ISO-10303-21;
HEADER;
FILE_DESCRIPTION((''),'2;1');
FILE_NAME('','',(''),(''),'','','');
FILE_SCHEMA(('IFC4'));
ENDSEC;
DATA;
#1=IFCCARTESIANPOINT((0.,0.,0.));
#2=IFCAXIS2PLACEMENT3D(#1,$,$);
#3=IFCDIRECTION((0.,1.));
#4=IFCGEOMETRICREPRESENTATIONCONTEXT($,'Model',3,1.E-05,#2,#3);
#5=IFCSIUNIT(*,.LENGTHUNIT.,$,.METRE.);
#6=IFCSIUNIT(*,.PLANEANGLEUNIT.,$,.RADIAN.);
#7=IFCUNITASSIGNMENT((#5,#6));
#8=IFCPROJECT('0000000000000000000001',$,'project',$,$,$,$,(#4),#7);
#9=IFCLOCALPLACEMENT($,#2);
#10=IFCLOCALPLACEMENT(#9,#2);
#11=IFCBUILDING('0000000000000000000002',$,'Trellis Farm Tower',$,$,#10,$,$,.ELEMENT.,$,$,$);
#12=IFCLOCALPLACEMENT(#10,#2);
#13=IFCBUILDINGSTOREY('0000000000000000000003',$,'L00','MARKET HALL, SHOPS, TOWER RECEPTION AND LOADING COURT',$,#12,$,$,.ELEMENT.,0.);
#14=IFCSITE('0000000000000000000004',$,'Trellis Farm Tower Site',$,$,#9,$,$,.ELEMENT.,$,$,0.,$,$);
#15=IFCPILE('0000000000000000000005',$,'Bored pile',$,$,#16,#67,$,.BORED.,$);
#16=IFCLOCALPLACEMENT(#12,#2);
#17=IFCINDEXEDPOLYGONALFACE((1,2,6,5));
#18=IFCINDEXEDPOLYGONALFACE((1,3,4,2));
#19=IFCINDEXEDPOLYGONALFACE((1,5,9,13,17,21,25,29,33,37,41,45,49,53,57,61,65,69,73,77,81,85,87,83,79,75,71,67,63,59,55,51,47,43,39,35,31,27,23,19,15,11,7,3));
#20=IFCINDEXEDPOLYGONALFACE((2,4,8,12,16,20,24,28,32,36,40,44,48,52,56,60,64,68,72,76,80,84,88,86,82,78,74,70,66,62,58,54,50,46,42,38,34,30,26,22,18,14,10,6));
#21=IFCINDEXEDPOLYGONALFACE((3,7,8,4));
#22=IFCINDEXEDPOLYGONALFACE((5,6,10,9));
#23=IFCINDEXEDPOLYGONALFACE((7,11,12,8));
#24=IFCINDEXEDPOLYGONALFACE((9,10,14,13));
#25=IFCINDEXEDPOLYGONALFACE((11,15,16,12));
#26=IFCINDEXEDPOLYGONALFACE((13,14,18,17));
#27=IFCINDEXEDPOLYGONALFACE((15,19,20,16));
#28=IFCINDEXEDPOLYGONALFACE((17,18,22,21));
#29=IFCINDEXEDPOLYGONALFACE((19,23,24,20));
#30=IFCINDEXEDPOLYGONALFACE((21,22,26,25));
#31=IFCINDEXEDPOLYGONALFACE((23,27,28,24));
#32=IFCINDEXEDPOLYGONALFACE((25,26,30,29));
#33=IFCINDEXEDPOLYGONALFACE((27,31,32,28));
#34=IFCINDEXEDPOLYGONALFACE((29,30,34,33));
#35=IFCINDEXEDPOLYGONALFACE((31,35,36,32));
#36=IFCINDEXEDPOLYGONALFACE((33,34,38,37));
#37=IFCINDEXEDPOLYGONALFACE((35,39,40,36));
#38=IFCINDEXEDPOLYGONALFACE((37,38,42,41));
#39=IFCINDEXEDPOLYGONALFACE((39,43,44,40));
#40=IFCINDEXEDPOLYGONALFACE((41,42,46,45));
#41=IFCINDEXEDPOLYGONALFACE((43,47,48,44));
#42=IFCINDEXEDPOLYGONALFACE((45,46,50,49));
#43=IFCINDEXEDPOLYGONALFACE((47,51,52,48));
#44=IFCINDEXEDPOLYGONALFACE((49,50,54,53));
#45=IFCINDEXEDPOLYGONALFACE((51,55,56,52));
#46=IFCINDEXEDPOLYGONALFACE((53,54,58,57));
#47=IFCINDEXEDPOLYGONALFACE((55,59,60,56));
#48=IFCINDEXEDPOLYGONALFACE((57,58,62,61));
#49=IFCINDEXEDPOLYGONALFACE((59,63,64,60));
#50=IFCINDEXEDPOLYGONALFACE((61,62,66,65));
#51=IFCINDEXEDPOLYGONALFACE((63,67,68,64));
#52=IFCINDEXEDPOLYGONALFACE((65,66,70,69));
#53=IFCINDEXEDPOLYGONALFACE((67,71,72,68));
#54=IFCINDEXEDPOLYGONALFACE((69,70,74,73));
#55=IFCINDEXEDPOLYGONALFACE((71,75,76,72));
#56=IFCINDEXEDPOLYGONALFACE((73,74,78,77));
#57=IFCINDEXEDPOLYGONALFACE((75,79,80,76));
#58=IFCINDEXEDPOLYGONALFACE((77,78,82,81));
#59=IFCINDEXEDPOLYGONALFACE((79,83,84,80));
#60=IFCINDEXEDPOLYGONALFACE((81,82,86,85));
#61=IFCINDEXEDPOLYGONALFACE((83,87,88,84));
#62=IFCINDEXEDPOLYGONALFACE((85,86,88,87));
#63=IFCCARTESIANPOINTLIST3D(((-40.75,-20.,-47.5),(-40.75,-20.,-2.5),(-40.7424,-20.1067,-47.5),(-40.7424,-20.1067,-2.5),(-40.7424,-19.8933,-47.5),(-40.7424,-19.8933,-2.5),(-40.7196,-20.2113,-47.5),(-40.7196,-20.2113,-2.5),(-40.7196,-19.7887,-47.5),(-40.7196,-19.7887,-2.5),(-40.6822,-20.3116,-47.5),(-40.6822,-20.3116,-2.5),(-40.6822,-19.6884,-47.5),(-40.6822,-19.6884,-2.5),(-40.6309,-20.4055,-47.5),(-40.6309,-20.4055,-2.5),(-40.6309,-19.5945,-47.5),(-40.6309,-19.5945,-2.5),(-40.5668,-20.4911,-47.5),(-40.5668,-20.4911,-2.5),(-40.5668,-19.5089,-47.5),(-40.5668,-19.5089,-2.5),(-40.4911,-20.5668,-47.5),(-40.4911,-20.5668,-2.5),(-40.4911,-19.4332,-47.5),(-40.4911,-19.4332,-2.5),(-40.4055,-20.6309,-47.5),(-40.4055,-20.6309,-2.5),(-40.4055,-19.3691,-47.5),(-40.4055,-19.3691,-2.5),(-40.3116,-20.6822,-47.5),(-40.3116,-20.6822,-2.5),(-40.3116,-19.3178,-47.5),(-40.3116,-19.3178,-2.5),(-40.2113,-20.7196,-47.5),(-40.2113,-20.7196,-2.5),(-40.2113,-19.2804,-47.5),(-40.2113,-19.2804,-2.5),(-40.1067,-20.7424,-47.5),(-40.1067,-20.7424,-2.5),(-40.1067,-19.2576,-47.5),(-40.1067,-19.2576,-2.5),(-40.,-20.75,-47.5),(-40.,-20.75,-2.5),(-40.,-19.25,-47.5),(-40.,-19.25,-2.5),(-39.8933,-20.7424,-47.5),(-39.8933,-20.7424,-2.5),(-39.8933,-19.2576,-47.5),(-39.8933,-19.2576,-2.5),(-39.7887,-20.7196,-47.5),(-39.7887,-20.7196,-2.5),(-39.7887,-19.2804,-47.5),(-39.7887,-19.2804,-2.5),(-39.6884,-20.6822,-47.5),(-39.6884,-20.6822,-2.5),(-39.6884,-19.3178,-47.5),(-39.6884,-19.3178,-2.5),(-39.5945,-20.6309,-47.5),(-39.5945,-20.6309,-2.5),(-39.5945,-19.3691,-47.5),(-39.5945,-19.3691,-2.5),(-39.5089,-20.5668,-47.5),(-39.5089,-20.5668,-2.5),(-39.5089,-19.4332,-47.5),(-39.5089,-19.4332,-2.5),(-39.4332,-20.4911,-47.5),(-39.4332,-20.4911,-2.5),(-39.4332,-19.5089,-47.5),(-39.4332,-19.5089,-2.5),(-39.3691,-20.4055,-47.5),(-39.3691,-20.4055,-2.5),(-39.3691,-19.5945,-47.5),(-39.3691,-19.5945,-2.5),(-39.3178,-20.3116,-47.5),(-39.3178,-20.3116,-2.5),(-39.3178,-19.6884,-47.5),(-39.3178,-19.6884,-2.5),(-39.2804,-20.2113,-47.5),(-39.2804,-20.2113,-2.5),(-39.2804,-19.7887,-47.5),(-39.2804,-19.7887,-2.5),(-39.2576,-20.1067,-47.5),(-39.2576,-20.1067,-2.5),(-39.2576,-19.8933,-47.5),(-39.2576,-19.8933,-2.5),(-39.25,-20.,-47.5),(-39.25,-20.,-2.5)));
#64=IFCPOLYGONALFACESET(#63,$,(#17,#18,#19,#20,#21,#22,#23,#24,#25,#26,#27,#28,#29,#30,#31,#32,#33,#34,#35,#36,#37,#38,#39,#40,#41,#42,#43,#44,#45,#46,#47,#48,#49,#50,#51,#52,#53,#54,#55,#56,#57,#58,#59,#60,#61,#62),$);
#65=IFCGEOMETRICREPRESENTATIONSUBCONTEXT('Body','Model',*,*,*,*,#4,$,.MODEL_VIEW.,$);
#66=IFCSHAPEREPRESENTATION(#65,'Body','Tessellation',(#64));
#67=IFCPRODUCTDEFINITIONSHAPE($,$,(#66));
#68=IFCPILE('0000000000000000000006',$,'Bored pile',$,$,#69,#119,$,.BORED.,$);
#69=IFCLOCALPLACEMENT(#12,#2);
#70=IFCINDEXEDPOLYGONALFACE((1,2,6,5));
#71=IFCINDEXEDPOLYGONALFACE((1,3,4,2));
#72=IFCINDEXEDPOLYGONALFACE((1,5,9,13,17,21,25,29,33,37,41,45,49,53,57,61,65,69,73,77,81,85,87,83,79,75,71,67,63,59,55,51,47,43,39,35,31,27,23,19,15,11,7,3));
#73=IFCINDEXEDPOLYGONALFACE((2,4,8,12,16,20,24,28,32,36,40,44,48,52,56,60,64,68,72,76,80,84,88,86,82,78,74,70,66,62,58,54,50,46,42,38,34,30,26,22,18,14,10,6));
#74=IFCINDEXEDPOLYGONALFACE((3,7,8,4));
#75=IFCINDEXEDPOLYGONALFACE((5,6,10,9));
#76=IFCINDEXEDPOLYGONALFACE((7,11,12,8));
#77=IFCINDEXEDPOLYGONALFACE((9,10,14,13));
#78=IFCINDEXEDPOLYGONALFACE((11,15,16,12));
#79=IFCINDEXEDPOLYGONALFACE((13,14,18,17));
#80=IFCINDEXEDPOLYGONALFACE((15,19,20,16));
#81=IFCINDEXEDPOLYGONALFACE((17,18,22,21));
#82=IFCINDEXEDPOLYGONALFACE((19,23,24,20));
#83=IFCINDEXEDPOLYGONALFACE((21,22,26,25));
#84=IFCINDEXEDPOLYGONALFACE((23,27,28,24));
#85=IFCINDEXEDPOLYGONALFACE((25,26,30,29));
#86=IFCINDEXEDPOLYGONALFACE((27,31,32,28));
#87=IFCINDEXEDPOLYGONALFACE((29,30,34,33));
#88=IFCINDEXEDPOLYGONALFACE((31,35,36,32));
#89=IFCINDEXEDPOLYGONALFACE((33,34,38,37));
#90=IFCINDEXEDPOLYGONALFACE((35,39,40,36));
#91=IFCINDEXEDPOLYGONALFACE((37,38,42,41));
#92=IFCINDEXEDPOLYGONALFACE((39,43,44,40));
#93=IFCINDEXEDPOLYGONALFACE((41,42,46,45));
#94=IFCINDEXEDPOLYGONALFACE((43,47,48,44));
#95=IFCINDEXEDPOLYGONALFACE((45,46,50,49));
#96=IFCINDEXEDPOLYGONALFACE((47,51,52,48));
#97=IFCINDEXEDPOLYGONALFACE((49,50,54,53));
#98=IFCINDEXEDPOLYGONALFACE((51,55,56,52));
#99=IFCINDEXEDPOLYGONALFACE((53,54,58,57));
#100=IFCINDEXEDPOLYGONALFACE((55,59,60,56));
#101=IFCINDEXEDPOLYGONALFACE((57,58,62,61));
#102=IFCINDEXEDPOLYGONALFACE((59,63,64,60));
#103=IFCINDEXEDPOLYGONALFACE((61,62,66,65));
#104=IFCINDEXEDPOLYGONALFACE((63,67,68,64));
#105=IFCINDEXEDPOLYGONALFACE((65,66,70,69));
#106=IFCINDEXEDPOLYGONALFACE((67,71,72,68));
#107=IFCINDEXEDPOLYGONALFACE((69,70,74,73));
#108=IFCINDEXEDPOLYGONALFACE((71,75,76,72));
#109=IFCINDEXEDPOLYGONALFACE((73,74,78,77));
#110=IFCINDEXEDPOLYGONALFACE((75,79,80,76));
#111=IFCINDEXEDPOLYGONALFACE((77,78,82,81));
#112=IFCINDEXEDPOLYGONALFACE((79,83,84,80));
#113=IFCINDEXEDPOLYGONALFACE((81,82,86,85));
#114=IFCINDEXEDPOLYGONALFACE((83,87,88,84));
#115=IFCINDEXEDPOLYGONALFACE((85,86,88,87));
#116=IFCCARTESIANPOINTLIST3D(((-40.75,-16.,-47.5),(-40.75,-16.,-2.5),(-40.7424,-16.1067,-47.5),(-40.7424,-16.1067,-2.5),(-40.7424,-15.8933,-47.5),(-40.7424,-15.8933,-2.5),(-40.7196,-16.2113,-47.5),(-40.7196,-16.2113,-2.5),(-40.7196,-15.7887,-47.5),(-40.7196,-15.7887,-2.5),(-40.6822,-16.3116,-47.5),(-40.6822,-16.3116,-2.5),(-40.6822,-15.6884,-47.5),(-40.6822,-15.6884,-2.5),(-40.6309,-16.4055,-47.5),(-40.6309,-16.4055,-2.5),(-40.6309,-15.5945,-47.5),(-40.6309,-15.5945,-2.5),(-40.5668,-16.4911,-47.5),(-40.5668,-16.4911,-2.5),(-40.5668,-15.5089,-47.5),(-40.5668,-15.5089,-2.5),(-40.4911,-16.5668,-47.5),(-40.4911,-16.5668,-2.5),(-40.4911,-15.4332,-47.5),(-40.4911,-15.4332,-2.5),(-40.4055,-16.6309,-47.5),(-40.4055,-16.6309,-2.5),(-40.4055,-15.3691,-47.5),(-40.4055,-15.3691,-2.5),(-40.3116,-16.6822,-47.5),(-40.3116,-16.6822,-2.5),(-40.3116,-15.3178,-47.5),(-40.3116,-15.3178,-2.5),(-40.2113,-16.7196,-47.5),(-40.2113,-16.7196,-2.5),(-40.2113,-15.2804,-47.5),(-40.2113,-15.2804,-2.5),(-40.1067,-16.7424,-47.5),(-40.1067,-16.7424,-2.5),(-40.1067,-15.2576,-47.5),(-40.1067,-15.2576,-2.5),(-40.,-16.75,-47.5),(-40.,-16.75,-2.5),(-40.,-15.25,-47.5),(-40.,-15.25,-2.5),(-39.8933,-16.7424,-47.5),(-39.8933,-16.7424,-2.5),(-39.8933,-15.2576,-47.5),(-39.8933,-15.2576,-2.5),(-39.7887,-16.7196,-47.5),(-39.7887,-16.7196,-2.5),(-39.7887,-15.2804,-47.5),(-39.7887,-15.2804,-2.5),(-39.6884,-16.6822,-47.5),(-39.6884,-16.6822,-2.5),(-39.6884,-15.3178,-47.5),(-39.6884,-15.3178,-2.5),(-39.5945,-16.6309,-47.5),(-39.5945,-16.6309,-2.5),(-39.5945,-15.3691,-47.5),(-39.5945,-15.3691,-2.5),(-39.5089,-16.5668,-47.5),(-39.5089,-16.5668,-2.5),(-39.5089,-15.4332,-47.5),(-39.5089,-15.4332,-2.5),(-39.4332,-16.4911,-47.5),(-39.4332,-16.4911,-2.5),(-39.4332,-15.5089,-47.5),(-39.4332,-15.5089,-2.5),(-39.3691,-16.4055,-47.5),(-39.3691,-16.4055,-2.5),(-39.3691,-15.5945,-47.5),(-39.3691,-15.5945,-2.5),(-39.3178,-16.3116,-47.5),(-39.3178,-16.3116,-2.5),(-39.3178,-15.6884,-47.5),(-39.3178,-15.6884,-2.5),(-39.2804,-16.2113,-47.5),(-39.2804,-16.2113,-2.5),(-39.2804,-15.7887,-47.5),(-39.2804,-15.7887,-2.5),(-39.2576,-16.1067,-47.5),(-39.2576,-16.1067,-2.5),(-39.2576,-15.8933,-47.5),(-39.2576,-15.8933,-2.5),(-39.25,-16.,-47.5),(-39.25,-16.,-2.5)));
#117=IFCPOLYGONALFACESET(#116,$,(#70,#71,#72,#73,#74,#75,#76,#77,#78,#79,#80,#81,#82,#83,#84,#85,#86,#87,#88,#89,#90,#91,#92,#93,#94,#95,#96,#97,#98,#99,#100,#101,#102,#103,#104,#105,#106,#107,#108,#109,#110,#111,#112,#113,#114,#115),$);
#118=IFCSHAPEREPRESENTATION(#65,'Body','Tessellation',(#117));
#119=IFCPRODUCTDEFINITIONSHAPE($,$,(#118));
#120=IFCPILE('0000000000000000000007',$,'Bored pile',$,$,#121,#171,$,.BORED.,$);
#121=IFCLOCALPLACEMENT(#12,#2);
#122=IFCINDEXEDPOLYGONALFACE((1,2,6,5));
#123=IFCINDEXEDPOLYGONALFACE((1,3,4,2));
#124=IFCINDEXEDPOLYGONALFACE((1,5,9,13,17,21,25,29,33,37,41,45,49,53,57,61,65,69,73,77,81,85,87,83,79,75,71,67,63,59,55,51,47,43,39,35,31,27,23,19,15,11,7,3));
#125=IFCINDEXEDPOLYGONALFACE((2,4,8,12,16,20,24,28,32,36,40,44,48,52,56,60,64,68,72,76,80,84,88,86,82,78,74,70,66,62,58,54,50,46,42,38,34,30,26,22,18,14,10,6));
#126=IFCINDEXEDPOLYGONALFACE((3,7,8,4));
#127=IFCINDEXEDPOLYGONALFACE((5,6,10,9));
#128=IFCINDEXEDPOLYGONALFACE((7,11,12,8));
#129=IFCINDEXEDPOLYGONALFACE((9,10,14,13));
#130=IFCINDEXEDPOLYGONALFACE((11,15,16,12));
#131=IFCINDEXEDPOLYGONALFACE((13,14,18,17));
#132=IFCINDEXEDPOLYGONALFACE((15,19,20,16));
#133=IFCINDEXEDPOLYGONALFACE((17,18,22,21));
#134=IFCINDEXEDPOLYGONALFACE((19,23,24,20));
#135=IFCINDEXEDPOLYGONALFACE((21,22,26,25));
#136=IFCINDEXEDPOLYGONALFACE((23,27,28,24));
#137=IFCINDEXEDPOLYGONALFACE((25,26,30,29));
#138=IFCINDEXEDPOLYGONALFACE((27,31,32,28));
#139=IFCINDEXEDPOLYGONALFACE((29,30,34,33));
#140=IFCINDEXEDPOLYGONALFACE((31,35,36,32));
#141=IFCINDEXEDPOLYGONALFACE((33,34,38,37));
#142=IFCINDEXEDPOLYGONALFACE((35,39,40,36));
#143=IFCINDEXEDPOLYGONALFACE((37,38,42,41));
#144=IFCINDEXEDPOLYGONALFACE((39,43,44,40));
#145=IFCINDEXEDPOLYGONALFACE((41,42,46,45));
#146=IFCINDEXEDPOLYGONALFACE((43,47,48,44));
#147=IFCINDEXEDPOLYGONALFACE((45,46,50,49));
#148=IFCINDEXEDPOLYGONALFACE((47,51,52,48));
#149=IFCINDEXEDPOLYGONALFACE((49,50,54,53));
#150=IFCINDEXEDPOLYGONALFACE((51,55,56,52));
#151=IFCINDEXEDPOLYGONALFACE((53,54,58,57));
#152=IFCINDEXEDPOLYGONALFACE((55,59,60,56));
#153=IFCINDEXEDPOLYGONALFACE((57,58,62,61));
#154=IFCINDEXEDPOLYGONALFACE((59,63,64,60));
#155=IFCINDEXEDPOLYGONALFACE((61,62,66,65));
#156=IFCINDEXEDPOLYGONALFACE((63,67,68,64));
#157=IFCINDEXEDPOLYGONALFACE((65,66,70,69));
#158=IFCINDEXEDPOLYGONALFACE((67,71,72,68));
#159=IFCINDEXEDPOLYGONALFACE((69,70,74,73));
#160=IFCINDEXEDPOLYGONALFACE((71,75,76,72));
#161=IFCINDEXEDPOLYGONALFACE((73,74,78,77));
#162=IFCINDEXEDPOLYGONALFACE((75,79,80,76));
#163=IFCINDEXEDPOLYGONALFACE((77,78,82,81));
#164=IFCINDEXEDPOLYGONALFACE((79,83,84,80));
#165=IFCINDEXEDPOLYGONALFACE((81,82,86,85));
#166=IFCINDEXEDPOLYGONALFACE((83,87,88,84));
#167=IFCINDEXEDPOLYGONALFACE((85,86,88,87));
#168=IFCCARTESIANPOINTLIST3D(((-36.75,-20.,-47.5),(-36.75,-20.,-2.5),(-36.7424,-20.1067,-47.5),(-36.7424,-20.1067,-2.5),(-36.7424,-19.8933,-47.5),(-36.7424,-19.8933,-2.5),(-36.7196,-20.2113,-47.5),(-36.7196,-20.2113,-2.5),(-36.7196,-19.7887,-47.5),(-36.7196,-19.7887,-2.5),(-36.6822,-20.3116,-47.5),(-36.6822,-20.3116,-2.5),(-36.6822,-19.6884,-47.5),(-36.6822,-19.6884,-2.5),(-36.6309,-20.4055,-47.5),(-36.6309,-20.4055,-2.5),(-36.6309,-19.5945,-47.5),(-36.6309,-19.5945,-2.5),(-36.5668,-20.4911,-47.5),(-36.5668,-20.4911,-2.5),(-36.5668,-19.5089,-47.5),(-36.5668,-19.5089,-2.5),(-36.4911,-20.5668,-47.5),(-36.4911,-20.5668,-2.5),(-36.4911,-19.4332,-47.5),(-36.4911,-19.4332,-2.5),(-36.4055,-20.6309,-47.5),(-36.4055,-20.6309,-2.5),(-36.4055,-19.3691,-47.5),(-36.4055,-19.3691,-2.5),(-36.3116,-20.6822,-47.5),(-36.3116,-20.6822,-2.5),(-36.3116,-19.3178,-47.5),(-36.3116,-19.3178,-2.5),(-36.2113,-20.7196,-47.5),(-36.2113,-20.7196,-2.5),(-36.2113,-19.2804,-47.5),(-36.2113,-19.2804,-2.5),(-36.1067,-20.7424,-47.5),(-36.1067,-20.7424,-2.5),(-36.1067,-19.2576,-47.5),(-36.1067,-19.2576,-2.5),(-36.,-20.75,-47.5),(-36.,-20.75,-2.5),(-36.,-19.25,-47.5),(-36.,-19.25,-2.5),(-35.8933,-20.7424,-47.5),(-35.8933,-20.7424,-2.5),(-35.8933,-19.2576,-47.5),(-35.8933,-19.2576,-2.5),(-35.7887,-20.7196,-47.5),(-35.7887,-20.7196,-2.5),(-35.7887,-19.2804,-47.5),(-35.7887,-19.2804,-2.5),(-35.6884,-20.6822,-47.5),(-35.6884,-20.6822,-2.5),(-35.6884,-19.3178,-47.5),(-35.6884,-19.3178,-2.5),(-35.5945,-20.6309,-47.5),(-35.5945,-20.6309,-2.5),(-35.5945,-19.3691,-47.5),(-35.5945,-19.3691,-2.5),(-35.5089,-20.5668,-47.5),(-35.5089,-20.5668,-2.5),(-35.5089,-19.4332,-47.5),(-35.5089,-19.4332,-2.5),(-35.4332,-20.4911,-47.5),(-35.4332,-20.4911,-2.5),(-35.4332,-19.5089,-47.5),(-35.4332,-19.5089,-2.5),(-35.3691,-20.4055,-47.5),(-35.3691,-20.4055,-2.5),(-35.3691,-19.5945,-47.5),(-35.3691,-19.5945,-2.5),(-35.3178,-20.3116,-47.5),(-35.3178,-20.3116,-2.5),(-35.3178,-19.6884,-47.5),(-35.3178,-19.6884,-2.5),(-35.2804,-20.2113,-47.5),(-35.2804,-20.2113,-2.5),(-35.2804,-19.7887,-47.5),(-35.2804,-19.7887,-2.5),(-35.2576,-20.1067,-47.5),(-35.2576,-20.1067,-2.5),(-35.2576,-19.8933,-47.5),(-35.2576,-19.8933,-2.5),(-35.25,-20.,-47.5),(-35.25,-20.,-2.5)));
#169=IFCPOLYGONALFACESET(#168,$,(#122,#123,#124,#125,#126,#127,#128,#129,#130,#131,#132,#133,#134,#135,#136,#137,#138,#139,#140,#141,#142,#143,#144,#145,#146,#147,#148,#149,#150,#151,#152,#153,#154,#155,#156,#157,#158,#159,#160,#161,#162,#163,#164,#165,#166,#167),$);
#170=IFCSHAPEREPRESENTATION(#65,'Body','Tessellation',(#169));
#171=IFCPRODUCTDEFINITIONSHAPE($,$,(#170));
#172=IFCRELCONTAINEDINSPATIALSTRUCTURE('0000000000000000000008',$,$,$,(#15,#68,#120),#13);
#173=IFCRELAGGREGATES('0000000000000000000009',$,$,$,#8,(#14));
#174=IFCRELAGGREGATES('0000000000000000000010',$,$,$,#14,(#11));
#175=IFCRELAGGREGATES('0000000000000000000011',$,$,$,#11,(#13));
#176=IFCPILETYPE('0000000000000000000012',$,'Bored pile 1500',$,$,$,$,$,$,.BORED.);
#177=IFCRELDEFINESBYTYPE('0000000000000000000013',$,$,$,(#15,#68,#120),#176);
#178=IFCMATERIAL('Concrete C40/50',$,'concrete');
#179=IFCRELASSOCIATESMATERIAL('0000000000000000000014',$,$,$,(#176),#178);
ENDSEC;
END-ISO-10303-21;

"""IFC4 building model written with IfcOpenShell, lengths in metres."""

from ifc_helpers import new_model, si_unit, direction, frame, origin, origin_2d, place, context, subcontext, project, spatial, circle, extrude, source, transform, mapped, material, material_profile, profile_set, type_object, element, save


model = new_model("IFC4")

# Units and contexts
model_context = context("Model", 3, precision=1e-05, world=origin(), true_north=direction((0.0, 1.0)))
body_context = subcontext(model_context, "Body", "Model", "MODEL_VIEW")
ifc_project = project(units=[si_unit("LENGTHUNIT", "METRE"), si_unit("PLANEANGLEUNIT", "RADIAN")], contexts=[model_context])

# Site, building, storey
site_placement = place(None, origin())
site = spatial("IfcSite", under=ifc_project, at=site_placement, Name="Trellis Farm Tower Site", CompositionType="ELEMENT", RefElevation=0.0)
building_placement = place(site_placement, origin())
building = spatial("IfcBuilding", under=site, at=building_placement, Name="Trellis Farm Tower", CompositionType="ELEMENT")
storey_placement = place(building_placement, origin())
storey = spatial("IfcBuildingStorey", under=building, at=storey_placement, Name="L00", Description="MARKET HALL, SHOPS, TOWER RECEPTION AND LOADING COURT", CompositionType="ELEMENT", Elevation=0.0)

# Piles
ifc_material_1 = material(Name="Concrete C40/50", Category="concrete")
ifc_material_profile_1 = material_profile(ifc_material_1, circle(Radius=0.75, at=origin_2d()), Name="Bored pile 1500")
ifc_profile_set_1 = profile_set([ifc_material_profile_1], Name="Concrete C40/50")
pile_type = type_object("IfcPileType", Name="Bored pile 1500", PredefinedType="BORED", material=ifc_profile_set_1)
shared_shape_1 = source(origin(), body_context, "Body", "SweptSolid", [
    extrude(circle(Radius=0.75, at=origin_2d()), origin(), (0.0, 0.0, 1.0), 45.0),
])
for number, where, z_axis, x_axis, name in (
    (1, (-40.0, -20.0, -2.5), (0.0, 0.0, -1.0), (1.0, 0.0, 0.0), "Bored pile"),
    (2, (-40.0, -16.0, -2.5), (0.0, 0.0, -1.0), (1.0, 0.0, 0.0), "Bored pile"),
    (3, (-36.0, -20.0, -2.5), (0.0, 0.0, -1.0), (1.0, 0.0, 0.0), "Bored pile"),
):
    element("IfcPile", number, at=place(storey_placement, frame(where, z_axis=z_axis, x_axis=x_axis)), inside=storey, type_object=pile_type, Name=name, PredefinedType="BORED", context=body_context, shape_type="MappedRepresentation", body=[
        mapped(shared_shape_1, transform((0.0, 0.0, 0.0))),
    ])

save(model, "model.ifc")
